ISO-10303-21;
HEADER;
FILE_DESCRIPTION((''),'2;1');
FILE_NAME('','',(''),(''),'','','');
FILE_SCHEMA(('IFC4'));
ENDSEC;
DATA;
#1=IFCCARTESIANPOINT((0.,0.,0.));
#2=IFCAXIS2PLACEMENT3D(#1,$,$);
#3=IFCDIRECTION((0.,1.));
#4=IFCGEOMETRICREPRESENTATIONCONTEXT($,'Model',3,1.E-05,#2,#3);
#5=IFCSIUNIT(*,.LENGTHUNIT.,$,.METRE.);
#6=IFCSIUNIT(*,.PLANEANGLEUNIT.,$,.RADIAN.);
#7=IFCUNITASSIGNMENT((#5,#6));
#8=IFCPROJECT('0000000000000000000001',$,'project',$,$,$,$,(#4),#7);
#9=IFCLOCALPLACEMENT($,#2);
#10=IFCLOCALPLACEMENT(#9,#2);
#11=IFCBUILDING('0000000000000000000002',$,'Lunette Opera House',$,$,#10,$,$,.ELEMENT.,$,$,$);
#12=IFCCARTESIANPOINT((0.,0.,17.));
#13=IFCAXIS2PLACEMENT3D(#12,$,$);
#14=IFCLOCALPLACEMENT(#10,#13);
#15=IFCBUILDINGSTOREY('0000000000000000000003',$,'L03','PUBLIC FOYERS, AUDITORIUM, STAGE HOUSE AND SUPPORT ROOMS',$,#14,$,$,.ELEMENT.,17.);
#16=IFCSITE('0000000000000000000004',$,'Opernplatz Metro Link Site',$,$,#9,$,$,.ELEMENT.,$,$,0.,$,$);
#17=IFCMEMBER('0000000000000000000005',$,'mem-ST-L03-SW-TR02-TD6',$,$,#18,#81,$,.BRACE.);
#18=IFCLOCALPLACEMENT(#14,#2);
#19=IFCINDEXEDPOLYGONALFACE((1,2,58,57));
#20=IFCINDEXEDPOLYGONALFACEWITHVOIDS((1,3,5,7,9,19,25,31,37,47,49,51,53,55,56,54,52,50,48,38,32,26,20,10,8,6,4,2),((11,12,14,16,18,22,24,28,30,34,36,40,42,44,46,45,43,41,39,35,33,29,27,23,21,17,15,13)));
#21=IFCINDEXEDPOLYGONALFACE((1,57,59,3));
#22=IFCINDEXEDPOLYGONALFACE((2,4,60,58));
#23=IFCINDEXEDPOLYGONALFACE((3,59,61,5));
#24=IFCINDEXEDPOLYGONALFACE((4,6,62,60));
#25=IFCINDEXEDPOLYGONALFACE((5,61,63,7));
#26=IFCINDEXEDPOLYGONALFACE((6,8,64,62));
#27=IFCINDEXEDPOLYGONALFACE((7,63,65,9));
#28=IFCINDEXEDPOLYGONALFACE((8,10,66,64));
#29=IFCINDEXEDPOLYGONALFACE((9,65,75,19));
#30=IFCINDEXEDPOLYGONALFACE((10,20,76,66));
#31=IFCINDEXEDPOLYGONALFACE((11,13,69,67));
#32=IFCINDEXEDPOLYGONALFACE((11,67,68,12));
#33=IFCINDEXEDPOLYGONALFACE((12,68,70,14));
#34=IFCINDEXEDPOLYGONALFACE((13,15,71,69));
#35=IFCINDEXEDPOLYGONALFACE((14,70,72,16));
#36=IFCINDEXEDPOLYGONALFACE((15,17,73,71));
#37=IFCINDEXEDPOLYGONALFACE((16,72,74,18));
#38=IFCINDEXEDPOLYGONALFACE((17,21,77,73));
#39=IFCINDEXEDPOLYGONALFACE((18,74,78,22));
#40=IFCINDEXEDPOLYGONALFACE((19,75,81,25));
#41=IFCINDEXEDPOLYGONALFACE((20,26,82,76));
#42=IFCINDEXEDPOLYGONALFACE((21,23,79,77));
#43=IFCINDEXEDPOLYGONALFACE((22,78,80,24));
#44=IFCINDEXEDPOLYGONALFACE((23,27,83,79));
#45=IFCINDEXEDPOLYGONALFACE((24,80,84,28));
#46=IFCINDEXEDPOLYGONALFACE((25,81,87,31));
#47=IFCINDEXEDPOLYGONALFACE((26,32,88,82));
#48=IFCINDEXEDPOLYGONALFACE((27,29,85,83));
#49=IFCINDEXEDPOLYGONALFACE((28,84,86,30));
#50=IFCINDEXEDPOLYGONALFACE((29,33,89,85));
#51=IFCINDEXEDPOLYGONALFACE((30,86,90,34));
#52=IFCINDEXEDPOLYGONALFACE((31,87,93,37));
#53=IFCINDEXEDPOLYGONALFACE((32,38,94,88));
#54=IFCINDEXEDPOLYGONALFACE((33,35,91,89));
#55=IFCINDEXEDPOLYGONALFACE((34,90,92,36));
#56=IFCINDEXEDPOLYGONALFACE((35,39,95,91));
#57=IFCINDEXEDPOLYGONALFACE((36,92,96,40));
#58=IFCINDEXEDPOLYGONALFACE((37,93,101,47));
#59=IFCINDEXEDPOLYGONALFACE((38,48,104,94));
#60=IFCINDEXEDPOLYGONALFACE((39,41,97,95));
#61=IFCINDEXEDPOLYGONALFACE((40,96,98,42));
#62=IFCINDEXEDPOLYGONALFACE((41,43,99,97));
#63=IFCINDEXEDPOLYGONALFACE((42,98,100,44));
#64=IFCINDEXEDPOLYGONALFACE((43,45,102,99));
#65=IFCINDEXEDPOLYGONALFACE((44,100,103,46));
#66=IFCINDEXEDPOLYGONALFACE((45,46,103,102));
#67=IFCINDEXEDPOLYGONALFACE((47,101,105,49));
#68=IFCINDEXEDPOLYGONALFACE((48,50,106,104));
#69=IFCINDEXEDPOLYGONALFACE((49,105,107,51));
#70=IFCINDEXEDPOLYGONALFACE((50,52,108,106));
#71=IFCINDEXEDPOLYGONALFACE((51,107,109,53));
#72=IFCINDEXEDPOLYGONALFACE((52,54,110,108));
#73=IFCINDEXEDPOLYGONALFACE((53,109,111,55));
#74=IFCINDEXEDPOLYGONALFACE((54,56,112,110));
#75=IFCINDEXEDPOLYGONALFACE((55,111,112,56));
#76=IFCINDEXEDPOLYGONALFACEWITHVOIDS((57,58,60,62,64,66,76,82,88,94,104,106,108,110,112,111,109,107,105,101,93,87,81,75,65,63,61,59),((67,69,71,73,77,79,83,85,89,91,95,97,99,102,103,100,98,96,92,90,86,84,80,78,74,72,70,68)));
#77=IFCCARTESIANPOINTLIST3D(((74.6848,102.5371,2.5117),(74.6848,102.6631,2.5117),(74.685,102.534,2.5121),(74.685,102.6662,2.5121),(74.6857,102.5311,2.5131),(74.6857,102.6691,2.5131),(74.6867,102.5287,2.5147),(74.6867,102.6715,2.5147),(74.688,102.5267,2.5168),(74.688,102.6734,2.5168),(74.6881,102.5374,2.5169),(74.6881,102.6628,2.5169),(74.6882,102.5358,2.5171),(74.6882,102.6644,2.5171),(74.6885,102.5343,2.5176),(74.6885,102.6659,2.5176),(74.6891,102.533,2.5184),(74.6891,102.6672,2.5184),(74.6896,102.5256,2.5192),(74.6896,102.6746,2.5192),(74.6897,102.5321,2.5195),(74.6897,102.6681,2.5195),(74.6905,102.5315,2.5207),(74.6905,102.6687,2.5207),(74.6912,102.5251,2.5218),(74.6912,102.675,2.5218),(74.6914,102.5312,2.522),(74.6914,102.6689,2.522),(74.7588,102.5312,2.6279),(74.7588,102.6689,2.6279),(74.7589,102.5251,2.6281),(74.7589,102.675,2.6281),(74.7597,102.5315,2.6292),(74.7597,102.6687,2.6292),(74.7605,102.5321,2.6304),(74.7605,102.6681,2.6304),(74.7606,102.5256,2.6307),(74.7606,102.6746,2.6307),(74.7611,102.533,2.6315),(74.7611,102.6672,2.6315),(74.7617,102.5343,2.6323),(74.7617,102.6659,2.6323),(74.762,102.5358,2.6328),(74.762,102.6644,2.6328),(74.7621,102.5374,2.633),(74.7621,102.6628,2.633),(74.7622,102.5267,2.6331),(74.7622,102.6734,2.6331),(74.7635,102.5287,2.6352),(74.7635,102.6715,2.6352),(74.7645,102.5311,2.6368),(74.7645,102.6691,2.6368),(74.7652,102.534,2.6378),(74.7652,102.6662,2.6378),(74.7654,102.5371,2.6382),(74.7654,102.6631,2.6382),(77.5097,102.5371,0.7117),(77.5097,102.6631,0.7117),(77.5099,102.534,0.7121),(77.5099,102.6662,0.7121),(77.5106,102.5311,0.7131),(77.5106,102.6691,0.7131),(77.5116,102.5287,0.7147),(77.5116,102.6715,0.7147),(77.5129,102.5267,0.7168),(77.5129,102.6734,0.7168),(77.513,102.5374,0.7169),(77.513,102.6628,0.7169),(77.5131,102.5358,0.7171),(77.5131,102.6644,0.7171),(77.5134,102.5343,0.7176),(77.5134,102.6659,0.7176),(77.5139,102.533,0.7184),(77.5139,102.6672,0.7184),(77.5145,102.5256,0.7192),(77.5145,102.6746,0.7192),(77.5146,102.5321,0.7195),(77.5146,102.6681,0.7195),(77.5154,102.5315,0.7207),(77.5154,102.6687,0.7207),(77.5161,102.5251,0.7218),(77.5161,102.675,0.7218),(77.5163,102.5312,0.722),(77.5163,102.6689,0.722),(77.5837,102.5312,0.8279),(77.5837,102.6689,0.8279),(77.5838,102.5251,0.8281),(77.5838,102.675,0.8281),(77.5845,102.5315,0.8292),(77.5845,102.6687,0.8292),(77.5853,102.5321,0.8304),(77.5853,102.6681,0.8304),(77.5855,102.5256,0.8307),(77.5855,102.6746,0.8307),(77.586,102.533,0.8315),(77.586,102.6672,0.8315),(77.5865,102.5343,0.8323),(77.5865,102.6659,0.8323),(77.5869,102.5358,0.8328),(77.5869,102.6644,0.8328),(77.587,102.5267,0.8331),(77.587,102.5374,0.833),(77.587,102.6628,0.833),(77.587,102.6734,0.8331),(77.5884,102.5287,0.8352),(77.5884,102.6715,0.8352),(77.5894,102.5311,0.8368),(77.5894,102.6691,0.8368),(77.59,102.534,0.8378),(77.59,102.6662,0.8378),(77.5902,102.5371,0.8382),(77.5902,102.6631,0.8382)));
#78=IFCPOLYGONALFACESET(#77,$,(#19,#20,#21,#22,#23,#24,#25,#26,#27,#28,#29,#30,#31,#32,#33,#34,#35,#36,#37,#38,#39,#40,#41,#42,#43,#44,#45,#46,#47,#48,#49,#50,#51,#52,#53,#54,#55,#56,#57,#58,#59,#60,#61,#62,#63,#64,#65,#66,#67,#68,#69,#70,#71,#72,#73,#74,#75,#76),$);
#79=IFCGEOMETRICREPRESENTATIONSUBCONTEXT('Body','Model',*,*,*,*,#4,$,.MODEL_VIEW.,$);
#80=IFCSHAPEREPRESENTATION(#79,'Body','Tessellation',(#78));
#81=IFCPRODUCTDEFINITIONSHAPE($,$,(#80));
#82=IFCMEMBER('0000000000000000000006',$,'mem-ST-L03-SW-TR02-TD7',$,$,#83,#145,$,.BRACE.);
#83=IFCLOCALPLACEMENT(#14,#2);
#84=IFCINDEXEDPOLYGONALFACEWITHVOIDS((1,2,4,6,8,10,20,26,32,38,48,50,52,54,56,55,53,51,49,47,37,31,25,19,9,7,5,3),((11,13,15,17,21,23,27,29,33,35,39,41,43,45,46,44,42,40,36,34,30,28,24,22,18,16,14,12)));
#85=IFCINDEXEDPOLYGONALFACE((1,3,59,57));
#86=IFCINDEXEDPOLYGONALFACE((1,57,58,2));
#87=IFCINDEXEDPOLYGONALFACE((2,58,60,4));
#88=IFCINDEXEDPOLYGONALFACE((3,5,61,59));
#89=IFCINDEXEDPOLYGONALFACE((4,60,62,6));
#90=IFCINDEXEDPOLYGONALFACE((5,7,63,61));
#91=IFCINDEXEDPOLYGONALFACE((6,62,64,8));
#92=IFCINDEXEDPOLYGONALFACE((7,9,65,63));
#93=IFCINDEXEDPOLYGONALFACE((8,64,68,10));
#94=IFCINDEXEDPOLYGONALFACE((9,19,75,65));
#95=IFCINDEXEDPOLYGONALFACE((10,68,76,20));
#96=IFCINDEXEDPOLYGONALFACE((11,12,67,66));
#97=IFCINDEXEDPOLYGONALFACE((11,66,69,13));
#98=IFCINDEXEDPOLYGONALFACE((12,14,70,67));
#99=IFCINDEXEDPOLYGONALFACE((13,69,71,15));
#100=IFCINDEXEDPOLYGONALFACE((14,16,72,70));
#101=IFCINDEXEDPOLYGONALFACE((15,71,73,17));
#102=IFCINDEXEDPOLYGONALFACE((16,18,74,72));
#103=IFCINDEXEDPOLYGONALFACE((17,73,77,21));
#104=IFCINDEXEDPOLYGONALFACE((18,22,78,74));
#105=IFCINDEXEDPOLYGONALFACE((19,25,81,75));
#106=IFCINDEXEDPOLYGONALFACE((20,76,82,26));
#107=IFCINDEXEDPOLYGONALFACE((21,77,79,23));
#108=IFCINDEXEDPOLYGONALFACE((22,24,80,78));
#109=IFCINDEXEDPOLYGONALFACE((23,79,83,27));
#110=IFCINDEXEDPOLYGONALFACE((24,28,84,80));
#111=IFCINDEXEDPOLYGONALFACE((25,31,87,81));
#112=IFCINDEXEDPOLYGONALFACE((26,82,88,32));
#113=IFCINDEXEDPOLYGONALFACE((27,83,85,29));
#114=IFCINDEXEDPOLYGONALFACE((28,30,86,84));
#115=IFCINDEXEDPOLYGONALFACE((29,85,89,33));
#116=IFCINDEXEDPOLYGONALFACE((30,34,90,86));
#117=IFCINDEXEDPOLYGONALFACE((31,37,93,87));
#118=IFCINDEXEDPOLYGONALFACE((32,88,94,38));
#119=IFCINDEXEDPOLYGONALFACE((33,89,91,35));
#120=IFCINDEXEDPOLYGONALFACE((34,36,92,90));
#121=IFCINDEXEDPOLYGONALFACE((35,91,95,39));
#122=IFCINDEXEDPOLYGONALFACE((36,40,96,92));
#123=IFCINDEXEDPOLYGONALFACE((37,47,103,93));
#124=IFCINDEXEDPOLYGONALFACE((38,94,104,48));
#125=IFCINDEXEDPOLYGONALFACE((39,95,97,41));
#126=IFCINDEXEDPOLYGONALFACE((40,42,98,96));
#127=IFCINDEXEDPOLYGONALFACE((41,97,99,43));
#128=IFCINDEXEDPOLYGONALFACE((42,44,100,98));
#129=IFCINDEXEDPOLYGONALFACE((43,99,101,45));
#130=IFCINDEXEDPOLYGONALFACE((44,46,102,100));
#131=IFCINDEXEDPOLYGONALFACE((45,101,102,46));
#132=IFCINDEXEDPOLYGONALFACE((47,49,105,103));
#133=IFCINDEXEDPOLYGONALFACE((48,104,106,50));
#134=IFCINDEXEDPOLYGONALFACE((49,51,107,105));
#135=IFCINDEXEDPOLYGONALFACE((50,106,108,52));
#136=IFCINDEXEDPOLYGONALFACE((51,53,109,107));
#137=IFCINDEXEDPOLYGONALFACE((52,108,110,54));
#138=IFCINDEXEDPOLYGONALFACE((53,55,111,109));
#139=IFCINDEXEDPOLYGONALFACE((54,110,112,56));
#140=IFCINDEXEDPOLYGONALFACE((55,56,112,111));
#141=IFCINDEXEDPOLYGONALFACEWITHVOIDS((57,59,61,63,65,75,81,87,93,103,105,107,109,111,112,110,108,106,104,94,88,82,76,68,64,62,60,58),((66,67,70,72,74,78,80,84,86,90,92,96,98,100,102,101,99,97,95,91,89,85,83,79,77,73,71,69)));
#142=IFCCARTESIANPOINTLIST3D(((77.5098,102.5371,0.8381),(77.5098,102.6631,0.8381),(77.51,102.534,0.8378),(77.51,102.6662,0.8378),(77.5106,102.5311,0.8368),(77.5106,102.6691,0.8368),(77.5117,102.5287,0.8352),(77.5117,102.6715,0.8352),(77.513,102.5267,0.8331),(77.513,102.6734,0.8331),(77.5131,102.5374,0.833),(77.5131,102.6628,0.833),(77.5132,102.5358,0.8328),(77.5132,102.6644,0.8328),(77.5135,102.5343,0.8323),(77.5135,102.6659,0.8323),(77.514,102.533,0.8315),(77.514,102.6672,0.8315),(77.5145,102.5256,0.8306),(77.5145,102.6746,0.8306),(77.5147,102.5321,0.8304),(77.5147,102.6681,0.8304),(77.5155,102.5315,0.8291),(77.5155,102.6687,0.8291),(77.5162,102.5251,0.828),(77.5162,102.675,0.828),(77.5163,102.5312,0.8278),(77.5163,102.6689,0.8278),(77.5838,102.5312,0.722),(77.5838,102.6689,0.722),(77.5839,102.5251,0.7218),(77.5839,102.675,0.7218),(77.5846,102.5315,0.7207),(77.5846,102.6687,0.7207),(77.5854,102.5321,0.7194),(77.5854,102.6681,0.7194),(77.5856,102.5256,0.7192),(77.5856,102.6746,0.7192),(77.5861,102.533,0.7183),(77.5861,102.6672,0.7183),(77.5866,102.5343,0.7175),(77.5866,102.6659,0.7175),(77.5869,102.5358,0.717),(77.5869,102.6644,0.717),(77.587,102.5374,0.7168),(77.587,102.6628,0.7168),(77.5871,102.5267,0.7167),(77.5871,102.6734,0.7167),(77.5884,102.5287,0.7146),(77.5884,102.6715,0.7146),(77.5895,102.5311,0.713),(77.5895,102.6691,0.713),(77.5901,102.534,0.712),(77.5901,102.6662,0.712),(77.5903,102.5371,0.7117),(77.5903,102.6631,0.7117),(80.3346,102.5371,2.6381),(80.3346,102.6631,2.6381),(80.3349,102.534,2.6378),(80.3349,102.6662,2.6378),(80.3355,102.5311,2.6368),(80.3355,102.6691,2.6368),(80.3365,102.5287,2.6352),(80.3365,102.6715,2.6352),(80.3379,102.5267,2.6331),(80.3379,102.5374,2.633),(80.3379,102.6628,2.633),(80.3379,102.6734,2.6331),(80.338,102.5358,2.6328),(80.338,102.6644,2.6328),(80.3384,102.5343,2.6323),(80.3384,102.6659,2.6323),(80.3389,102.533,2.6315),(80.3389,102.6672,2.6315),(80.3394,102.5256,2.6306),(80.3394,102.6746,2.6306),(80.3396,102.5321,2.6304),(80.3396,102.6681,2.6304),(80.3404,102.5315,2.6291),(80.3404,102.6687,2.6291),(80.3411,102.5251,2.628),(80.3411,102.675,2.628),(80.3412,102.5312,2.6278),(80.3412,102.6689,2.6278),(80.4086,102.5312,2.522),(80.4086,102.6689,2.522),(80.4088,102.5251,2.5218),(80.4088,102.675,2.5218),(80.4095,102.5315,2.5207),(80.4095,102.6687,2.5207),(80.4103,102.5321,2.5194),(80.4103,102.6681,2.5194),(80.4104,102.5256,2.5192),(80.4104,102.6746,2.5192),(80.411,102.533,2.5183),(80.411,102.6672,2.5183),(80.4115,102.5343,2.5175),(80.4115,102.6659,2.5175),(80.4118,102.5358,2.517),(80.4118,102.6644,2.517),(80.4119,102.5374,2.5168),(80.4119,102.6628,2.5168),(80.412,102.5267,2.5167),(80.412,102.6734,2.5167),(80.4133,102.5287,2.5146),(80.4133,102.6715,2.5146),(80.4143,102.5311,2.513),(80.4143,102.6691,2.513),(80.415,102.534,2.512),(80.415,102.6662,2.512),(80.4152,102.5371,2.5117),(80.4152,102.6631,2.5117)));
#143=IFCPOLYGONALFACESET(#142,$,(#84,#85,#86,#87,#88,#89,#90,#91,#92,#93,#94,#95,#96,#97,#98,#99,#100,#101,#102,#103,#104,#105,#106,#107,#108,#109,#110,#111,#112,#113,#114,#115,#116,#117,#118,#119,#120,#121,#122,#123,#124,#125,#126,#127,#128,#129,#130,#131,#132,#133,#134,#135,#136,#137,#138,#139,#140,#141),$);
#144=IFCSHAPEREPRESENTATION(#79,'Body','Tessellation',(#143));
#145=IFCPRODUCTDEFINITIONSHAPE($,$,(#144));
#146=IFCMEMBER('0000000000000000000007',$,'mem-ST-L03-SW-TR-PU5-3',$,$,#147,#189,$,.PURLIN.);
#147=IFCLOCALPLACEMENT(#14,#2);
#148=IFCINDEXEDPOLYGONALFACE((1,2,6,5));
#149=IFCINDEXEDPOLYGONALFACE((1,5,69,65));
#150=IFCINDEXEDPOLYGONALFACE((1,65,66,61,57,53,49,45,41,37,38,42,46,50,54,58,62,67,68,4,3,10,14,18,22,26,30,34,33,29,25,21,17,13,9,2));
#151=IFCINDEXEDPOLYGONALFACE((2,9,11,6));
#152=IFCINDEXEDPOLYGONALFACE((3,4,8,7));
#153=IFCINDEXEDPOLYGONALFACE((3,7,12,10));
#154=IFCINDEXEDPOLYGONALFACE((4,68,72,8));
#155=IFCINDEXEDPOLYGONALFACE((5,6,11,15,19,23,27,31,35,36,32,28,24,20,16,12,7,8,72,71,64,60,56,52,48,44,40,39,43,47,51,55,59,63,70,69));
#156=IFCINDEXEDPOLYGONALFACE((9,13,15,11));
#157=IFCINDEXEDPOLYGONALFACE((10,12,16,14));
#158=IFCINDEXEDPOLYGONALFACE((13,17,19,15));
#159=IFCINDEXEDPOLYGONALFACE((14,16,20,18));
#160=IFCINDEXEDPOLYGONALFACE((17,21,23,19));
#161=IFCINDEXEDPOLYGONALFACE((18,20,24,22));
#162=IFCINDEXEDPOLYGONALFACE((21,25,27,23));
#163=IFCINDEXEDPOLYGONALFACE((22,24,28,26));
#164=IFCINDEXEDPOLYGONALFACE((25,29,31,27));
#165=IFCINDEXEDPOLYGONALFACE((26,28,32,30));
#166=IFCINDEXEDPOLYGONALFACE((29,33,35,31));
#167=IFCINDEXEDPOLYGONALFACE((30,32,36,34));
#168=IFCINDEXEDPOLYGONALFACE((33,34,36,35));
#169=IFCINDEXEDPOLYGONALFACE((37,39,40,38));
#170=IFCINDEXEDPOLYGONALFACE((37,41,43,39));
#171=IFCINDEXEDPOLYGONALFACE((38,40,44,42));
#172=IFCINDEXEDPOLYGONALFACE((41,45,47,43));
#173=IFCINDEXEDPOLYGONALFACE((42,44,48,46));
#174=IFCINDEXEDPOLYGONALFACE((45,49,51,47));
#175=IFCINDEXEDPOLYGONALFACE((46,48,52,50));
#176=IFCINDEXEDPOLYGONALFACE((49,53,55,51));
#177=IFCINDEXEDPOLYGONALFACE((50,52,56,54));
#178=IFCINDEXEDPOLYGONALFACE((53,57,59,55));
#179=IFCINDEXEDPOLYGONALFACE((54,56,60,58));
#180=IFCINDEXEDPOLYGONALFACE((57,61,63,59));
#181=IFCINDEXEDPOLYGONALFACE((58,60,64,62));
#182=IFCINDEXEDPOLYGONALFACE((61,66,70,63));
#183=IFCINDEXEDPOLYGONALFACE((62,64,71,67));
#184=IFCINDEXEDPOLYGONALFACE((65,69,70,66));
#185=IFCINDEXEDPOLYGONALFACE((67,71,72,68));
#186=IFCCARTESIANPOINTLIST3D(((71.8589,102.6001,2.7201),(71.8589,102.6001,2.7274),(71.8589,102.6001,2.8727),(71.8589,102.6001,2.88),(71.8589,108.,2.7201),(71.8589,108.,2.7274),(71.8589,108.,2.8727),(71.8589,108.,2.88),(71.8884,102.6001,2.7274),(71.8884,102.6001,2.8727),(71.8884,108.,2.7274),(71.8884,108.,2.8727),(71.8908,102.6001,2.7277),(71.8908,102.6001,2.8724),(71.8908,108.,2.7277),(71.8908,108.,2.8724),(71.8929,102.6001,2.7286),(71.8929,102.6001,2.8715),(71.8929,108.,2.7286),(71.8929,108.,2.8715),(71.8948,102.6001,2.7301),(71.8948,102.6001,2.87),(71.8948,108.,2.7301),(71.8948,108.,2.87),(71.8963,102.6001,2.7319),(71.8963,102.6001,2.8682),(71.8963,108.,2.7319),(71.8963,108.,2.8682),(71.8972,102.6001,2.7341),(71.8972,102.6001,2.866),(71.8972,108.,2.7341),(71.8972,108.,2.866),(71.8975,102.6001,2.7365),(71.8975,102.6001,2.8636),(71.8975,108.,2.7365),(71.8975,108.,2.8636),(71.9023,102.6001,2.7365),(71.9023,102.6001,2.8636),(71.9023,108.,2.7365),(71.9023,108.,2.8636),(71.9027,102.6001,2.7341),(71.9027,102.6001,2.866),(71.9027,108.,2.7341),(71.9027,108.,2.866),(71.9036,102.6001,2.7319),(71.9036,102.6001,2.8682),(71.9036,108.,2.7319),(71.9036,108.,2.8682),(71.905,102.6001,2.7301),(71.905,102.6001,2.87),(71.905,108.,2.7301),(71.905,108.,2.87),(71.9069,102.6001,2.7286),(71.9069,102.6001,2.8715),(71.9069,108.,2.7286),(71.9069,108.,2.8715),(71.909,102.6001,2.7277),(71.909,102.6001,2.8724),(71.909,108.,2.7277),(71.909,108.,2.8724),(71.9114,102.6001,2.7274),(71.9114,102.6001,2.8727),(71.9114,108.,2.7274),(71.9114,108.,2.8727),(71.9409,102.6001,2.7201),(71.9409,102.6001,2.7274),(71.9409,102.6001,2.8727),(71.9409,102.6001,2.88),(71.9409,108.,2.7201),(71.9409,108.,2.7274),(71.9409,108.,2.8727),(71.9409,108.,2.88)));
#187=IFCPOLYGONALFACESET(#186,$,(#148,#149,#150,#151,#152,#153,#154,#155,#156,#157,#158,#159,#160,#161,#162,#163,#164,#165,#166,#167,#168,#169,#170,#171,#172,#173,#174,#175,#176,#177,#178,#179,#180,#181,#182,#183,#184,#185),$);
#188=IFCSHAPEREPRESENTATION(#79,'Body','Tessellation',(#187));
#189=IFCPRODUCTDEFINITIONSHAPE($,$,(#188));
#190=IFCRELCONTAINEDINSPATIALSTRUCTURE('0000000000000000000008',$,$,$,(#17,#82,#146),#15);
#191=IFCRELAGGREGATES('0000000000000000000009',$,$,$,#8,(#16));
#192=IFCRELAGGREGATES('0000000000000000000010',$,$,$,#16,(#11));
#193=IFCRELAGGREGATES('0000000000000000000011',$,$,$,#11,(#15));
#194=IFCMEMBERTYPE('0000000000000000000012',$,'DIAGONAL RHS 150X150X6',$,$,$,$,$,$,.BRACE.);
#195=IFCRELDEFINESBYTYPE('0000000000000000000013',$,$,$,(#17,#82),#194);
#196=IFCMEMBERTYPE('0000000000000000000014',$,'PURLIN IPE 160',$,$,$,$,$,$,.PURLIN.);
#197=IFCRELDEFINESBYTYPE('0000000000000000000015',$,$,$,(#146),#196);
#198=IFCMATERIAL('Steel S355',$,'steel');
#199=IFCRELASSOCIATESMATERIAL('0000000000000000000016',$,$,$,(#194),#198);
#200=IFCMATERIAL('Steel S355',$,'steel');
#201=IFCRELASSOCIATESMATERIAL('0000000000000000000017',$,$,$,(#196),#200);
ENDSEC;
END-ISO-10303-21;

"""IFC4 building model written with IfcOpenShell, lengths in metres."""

from ifc_helpers import new_model, si_unit, direction, frame, origin, origin_2d, place, context, subcontext, project, spatial, hollow_rectangle, i_section, extrude, material, material_profile, profile_set, type_object, element, save


model = new_model("IFC4")

# Units and contexts
model_context = context("Model", 3, precision=1e-05, world=origin(), true_north=direction((0.0, 1.0)))
body_context = subcontext(model_context, "Body", "Model", "MODEL_VIEW")
ifc_project = project(units=[si_unit("LENGTHUNIT", "METRE"), si_unit("PLANEANGLEUNIT", "RADIAN")], contexts=[model_context])

# Site, building, storey
site_placement = place(None, origin())
site = spatial("IfcSite", under=ifc_project, at=site_placement, Name="Opernplatz Metro Link Site", CompositionType="ELEMENT", RefElevation=0.0)
building_placement = place(site_placement, origin())
building = spatial("IfcBuilding", under=site, at=building_placement, Name="Lunette Opera House", CompositionType="ELEMENT")
storey_placement = place(building_placement, frame((0.0, 0.0, 17.0)))
storey = spatial("IfcBuildingStorey", under=building, at=storey_placement, Name="L03", Description="PUBLIC FOYERS, AUDITORIUM, STAGE HOUSE AND SUPPORT ROOMS", CompositionType="ELEMENT", Elevation=17.0)

# Members
ifc_material_1 = material(Name="Steel S355", Category="steel")
ifc_material_profile_1 = material_profile(ifc_material_1, hollow_rectangle(XDim=0.1499, YDim=0.1499, WallThickness=0.0061, InnerFilletRadius=0.0061, OuterFilletRadius=0.012, at=origin_2d()), Name="RHS 150X150X6")
ifc_profile_set_1 = profile_set([ifc_material_profile_1], Name="Steel S355")
member_type_1 = type_object("IfcMemberType", Name="DIAGONAL RHS 150X150X6", PredefinedType="BRACE", material=ifc_profile_set_1)
for number, where, z_axis, x_axis, name in (
    (1, (74.7251, 102.6001, 2.575), (0.843343, 0.0, -0.537375), (0.0, 1.0, 0.0), "mem-ST-L03-SW-TR02-TD6"),
    (2, (77.55, 102.6001, 0.7749), (0.843343, 0.0, 0.537375), (0.0, 1.0, 0.0), "mem-ST-L03-SW-TR02-TD7"),
):
    element("IfcMember", number, at=place(storey_placement, frame(where, z_axis=z_axis, x_axis=x_axis)), inside=storey, type_object=member_type_1, Name=name, PredefinedType="BRACE", context=body_context, shape_type="SweptSolid", body=[
        extrude(hollow_rectangle(XDim=0.1499, YDim=0.1499, WallThickness=0.0061, InnerFilletRadius=0.0061, OuterFilletRadius=0.012, at=origin_2d()), origin(), (0.0, 0.0, 1.0), 3.3496),
    ])
ifc_material_2 = material(Name="Steel S355", Category="steel")
ifc_material_profile_2 = material_profile(ifc_material_2, i_section(OverallWidth=0.082, OverallDepth=0.1599, WebThickness=0.0049, FlangeThickness=0.0073, FilletRadius=0.009, at=origin_2d()), Name="IPE 160")
ifc_profile_set_2 = profile_set([ifc_material_profile_2], Name="Steel S355")
member_type_2 = type_object("IfcMemberType", Name="PURLIN IPE 160", PredefinedType="PURLIN", material=ifc_profile_set_2)
for number, where, z_axis, x_axis, name in (
    (3, (71.8999, 102.6001, 2.8), (0.0, 1.0, 0.0), (-1.0, 0.0, 0.0), "mem-ST-L03-SW-TR-PU5-3"),
):
    element("IfcMember", number, at=place(storey_placement, frame(where, z_axis=z_axis, x_axis=x_axis)), inside=storey, type_object=member_type_2, Name=name, PredefinedType="PURLIN", context=body_context, shape_type="SweptSolid", body=[
        extrude(i_section(OverallWidth=0.082, OverallDepth=0.1599, WebThickness=0.0049, FlangeThickness=0.0073, FilletRadius=0.009, at=origin_2d()), origin(), (0.0, 0.0, 1.0), 5.3999),
    ])

save(model, "model.ifc")
